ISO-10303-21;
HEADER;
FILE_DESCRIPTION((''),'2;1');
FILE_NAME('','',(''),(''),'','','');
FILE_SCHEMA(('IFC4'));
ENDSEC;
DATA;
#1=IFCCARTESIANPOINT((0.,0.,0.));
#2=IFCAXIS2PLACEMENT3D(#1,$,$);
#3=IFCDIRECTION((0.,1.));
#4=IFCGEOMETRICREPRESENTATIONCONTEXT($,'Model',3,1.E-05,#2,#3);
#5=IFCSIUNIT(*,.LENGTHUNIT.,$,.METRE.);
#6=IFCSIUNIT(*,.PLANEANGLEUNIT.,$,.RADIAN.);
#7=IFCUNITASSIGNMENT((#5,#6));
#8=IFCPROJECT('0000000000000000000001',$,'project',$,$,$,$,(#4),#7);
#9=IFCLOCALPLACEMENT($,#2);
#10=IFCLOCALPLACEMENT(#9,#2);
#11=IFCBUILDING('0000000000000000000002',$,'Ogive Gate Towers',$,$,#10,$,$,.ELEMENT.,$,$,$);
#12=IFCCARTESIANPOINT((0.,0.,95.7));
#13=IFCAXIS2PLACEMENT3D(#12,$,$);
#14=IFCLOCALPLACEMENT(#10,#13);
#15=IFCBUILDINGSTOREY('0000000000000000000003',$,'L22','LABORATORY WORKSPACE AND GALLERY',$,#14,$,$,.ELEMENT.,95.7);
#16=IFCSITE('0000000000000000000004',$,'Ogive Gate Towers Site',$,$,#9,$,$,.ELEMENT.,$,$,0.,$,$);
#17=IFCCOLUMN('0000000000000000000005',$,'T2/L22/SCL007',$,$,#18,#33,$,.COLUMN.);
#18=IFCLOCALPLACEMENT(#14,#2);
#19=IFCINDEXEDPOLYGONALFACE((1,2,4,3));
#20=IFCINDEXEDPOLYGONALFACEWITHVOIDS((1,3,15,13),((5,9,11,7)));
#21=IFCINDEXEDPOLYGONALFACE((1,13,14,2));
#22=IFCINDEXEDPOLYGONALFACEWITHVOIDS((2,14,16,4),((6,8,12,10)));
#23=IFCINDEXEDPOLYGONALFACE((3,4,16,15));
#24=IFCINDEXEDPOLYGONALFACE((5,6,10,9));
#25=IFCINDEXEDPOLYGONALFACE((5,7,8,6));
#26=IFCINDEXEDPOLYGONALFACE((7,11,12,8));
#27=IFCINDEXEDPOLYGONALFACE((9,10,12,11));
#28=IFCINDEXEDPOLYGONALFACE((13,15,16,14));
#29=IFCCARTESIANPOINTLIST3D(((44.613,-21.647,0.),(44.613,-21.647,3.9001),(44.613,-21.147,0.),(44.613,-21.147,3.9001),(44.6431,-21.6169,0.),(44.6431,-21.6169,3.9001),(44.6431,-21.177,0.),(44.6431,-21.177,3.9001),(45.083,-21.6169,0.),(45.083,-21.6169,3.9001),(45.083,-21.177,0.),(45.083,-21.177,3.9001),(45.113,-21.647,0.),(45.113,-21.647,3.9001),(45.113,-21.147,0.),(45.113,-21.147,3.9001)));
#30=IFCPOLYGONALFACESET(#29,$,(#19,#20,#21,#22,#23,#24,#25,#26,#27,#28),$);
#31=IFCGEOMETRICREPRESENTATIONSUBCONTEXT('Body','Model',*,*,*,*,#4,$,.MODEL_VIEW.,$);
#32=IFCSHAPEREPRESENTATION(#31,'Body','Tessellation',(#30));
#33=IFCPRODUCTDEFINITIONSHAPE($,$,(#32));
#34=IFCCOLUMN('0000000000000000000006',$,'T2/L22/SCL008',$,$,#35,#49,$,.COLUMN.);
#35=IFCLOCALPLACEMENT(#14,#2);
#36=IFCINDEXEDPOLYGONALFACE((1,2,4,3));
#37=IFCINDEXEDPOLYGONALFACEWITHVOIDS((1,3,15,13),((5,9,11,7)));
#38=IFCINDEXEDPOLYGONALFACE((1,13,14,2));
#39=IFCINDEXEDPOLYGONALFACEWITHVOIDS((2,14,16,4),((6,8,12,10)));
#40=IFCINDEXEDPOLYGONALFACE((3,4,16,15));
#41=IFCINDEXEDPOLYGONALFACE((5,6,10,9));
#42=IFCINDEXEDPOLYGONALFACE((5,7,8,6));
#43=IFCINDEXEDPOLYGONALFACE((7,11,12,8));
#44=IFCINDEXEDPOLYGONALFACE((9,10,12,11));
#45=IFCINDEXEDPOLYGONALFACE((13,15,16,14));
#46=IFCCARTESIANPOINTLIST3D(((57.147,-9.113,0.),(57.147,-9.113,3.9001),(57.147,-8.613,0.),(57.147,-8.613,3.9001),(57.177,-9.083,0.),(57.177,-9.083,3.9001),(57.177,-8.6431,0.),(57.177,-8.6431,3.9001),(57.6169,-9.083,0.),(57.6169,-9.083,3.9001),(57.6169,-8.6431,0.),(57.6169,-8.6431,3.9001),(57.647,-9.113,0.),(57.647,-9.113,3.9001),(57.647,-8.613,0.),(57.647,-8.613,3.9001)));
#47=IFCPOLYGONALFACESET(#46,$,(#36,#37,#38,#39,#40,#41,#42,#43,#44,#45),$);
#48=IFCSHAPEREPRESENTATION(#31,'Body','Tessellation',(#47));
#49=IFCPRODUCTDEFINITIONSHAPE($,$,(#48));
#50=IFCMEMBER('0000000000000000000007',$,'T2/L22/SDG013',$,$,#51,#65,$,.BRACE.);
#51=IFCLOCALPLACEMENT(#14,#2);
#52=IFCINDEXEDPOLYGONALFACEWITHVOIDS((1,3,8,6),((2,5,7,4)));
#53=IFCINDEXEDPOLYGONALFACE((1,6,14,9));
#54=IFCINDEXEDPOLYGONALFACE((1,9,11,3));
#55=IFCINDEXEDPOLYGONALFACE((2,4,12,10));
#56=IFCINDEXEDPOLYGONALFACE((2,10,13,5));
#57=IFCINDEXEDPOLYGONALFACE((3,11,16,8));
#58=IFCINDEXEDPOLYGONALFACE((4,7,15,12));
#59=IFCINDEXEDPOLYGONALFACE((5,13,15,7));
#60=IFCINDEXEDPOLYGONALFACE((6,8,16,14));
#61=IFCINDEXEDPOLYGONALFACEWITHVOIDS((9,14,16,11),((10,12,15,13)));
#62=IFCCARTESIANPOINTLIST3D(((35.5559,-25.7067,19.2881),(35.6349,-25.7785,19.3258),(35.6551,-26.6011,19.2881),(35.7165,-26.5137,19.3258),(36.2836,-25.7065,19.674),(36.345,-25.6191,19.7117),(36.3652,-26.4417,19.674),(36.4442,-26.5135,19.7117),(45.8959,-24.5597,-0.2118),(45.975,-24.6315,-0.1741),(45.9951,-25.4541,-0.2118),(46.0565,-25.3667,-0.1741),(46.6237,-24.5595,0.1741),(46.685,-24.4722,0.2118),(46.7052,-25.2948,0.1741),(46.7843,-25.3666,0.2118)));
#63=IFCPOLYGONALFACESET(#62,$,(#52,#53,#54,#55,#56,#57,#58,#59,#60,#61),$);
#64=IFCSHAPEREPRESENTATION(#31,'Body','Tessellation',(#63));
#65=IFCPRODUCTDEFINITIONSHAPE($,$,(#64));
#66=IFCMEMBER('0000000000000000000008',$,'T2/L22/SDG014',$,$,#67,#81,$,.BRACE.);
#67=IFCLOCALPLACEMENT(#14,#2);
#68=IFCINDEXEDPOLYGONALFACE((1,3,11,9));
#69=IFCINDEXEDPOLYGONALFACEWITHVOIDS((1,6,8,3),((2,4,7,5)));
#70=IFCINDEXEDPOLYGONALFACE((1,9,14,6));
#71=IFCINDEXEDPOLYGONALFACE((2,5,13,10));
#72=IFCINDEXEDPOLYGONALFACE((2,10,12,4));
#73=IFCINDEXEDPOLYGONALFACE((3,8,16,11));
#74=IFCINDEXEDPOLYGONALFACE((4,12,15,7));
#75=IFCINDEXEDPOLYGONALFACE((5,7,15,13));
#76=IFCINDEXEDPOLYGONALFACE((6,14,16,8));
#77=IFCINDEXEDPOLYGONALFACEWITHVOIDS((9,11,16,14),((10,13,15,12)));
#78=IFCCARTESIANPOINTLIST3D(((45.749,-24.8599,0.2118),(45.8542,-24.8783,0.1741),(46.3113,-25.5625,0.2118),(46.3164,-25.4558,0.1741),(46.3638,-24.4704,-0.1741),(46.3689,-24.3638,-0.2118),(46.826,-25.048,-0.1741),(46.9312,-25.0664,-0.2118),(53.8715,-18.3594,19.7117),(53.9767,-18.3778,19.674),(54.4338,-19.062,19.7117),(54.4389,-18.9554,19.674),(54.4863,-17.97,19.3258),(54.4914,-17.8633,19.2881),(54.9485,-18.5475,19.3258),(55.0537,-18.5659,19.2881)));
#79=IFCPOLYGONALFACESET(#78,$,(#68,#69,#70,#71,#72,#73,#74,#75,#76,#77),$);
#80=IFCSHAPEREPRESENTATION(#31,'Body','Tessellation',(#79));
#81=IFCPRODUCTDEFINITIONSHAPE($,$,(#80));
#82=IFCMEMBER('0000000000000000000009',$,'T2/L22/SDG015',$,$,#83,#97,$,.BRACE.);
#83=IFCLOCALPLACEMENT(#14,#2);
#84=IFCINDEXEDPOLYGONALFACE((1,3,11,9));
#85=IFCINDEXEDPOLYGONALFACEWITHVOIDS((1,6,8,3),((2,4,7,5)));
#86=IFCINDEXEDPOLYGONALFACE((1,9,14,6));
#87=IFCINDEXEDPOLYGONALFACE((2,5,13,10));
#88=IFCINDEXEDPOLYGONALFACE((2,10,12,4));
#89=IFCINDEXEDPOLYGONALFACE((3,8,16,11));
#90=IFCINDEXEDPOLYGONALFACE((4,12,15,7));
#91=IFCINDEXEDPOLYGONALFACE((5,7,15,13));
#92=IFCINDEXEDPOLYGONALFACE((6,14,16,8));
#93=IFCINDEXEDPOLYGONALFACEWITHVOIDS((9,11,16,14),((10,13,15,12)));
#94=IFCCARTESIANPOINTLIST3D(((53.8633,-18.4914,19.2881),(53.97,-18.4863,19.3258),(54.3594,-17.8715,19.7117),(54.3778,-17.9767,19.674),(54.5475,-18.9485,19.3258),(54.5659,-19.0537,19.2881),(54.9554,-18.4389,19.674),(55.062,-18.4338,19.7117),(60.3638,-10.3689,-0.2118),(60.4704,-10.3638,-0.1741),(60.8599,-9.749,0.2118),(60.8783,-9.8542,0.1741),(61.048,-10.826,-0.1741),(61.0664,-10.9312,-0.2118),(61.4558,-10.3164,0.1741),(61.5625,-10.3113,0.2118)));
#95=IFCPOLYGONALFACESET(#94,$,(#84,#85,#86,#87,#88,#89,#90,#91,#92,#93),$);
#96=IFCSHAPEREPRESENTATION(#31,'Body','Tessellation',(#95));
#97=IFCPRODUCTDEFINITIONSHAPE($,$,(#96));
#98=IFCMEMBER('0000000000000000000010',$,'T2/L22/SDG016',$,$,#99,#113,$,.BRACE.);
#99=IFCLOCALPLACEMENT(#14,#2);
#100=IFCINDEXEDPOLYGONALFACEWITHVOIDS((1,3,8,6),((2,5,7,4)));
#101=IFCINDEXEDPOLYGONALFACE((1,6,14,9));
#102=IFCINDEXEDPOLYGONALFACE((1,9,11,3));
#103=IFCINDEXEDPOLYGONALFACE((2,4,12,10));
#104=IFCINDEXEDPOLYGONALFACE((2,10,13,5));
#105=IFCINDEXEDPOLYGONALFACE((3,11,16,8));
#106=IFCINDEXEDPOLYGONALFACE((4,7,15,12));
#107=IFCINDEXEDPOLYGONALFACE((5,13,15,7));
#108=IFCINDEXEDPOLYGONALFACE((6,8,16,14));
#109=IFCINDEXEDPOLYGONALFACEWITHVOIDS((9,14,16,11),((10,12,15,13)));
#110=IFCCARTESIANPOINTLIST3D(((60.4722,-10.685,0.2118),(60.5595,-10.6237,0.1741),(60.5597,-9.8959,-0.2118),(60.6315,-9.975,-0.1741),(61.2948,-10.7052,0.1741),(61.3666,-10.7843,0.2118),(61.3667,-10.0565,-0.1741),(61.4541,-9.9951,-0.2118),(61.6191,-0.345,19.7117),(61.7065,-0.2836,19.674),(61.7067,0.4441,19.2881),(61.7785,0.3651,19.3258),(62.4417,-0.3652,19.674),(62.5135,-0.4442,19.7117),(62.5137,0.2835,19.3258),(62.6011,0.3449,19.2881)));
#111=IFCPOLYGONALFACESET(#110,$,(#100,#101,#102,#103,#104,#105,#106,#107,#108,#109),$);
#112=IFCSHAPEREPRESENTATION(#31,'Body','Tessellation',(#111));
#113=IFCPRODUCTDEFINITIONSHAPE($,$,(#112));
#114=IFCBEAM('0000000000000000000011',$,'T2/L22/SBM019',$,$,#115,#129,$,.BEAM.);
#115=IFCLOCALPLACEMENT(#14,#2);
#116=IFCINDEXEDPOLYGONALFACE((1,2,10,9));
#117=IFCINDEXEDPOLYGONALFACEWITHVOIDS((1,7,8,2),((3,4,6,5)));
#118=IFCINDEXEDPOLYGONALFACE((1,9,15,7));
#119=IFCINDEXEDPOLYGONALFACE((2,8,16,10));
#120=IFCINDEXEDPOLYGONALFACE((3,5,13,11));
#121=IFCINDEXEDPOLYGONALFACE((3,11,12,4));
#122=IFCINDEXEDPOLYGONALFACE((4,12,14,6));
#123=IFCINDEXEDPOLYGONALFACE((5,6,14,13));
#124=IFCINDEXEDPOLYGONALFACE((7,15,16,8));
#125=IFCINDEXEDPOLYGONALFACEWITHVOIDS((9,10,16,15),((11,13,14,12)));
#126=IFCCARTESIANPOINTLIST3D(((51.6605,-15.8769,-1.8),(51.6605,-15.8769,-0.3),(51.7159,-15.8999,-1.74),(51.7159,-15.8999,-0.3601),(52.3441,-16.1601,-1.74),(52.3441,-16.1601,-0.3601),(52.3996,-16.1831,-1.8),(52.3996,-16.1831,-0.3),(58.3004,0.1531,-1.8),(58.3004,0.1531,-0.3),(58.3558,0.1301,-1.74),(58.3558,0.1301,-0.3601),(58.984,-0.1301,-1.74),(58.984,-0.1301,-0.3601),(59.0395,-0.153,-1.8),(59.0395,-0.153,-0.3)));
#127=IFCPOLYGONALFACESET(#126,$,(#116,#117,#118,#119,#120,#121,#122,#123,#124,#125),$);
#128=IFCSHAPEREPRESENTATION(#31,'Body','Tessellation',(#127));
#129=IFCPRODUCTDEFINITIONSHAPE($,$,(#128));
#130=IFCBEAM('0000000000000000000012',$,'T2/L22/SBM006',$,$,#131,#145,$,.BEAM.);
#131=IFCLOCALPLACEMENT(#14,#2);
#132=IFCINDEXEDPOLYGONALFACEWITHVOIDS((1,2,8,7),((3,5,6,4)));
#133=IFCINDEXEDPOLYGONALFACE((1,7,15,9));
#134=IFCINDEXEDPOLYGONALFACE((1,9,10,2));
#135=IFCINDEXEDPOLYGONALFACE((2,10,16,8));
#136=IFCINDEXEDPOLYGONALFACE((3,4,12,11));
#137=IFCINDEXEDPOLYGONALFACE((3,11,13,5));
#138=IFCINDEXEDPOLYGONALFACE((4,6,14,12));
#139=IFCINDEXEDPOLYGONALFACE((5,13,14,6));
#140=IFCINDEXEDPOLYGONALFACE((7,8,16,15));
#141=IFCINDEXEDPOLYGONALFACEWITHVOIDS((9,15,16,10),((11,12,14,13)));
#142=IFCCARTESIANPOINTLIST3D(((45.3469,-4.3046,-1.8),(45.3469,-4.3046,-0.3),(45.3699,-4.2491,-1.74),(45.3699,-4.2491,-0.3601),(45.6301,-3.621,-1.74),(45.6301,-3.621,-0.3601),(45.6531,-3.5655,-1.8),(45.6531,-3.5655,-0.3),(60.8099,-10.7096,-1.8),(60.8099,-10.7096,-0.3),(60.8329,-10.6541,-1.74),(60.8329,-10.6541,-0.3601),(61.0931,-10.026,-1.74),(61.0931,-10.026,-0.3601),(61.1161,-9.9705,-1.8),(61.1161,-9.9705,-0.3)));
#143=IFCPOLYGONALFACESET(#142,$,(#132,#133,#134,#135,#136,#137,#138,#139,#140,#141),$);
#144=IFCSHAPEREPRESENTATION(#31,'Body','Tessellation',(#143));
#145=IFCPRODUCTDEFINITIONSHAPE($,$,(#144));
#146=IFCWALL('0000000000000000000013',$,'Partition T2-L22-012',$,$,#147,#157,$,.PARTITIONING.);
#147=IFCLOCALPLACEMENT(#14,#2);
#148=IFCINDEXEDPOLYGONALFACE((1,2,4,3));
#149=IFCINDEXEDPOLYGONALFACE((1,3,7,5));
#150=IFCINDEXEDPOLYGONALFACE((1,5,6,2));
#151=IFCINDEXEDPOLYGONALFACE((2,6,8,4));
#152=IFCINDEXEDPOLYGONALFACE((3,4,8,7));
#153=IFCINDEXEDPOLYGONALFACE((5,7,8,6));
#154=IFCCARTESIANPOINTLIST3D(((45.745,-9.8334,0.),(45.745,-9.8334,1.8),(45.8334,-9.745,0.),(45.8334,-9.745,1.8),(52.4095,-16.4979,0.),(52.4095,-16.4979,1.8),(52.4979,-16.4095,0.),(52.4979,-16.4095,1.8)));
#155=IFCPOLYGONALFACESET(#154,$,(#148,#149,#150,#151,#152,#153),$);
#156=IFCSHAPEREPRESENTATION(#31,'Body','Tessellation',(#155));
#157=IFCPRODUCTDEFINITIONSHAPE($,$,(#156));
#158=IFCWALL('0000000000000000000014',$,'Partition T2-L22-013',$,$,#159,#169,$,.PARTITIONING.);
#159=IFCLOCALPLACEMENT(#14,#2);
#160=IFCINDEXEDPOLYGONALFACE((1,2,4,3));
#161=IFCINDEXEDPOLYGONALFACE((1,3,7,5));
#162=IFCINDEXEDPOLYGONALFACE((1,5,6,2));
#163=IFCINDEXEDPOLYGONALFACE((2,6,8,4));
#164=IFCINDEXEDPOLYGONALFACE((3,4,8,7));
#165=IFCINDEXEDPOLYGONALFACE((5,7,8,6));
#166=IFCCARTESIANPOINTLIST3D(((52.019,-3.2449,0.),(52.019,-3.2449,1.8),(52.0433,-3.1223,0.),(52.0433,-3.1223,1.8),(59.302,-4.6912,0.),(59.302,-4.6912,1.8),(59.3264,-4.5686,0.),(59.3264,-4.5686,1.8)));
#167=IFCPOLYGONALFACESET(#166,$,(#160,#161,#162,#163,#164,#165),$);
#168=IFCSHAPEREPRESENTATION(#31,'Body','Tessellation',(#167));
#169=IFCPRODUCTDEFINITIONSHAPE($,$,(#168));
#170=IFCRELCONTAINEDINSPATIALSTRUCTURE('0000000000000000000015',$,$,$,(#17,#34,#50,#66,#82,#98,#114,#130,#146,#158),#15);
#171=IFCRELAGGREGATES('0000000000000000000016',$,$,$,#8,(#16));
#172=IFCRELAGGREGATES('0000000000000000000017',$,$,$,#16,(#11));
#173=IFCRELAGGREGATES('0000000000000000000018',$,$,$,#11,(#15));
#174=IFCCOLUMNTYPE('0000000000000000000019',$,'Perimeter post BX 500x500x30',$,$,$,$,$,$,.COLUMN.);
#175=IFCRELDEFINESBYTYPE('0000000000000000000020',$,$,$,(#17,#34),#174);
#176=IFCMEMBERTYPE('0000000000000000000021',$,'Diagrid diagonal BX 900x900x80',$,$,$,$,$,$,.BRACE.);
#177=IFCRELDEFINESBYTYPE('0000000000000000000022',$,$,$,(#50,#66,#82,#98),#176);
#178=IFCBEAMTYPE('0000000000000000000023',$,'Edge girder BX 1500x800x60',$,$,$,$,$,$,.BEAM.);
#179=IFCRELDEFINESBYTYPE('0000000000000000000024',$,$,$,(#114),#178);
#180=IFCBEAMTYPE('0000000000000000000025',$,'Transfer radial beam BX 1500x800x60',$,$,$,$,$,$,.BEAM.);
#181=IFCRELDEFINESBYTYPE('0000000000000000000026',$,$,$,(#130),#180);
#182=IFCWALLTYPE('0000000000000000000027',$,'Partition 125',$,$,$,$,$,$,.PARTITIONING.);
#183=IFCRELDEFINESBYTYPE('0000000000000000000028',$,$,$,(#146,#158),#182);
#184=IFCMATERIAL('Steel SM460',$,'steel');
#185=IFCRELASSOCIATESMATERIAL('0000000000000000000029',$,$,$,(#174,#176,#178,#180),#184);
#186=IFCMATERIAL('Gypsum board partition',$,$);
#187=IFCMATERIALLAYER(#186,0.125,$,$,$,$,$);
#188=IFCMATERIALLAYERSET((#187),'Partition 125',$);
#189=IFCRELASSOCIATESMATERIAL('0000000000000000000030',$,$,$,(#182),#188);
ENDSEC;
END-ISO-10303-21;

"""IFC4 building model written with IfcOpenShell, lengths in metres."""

from ifc_helpers import new_model, si_unit, direction, frame, frame_2d, origin, origin_2d, place, context, subcontext, project, spatial, rectangle, hollow_rectangle, extrude, material, layer, layer_set, material_profile, profile_set, type_object, element, save


model = new_model("IFC4")

# Units and contexts
model_context = context("Model", 3, precision=1e-05, world=origin(), true_north=direction((0.0, 1.0)))
body_context = subcontext(model_context, "Body", "Model", "MODEL_VIEW")
ifc_project = project(units=[si_unit("LENGTHUNIT", "METRE"), si_unit("PLANEANGLEUNIT", "RADIAN")], contexts=[model_context])

# Site, building, storey
site_placement = place(None, origin())
site = spatial("IfcSite", under=ifc_project, at=site_placement, Name="Ogive Gate Towers Site", CompositionType="ELEMENT", RefElevation=0.0)
building_placement = place(site_placement, origin())
building = spatial("IfcBuilding", under=site, at=building_placement, Name="Ogive Gate Towers", CompositionType="ELEMENT")
storey_placement = place(building_placement, frame((0.0, 0.0, 95.7)))
storey = spatial("IfcBuildingStorey", under=building, at=storey_placement, Name="L22", Description="LABORATORY WORKSPACE AND GALLERY", CompositionType="ELEMENT", Elevation=95.7)

# Columns
ifc_material_1 = material(Name="Steel SM460", Category="steel")
ifc_material_profile_1 = material_profile(ifc_material_1, hollow_rectangle(XDim=0.5, YDim=0.5, WallThickness=0.03, at=origin_2d()), Name="BX 500x500x30")
ifc_profile_set_1 = profile_set([ifc_material_profile_1], Name="Steel SM460")
column_type = type_object("IfcColumnType", Name="Perimeter post BX 500x500x30", PredefinedType="COLUMN", material=ifc_profile_set_1)
for number, where, z_axis, x_axis, name in (
    (1, (44.863, -21.397, 0.0), (0.0, 0.0, 1.0), (1.0, 0.0, 0.0), "T2/L22/SCL007"),
    (2, (57.397, -8.863, 0.0), (0.0, 0.0, 1.0), (1.0, 0.0, 0.0), "T2/L22/SCL008"),
):
    element("IfcColumn", number, at=place(storey_placement, frame(where, z_axis=z_axis, x_axis=x_axis)), inside=storey, type_object=column_type, Name=name, PredefinedType="COLUMN", context=body_context, shape_type="SweptSolid", body=[
        extrude(hollow_rectangle(XDim=0.5, YDim=0.5, WallThickness=0.03, at=origin_2d()), origin(), (0.0, 0.0, 1.0), 3.9001),
    ])

# Members
ifc_material_profile_2 = material_profile(ifc_material_1, hollow_rectangle(XDim=0.8999, YDim=0.8999, WallThickness=0.0801, at=origin_2d()), Name="BX 900x900x80")
ifc_profile_set_2 = profile_set([ifc_material_profile_2], Name="Steel SM460")
member_type = type_object("IfcMemberType", Name="Diagrid diagonal BX 900x900x80", PredefinedType="BRACE", material=ifc_profile_set_2)
for number, where, z_axis, x_axis, name in (
    (3, (46.3401, -24.9631, 0.0), (-0.467842, -0.051895, 0.882287), (0.110249, -0.993904, 0.0), "T2/L22/SDG013"),
    (4, (46.3401, -24.9631, 0.0), (0.367509, 0.294118, 0.882288), (-0.624838, 0.780754, 0.0), "T2/L22/SDG014"),
    (5, (60.9631, -10.3401, 0.0), (-0.294118, -0.367509, 0.882288), (0.780754, -0.624838, 0.0), "T2/L22/SDG015"),
    (6, (60.9631, -10.3401, 0.0), (0.051895, 0.467842, 0.882287), (-0.993904, 0.110249, 0.0), "T2/L22/SDG016"),
):
    element("IfcMember", number, at=place(storey_placement, frame(where, z_axis=z_axis, x_axis=x_axis)), inside=storey, type_object=member_type, Name=name, PredefinedType="BRACE", context=body_context, shape_type="SweptSolid", body=[
        extrude(hollow_rectangle(XDim=0.8999, YDim=0.8999, WallThickness=0.0801, at=origin_2d()), origin(), (0.0, 0.0, 1.0), 22.1016),
    ])

# Beams
ifc_material_profile_3 = material_profile(ifc_material_1, hollow_rectangle(XDim=0.8, YDim=1.5, WallThickness=0.0601, at=origin_2d()), Name="BX 1500x800x60")
ifc_profile_set_3 = profile_set([ifc_material_profile_3], Name="Steel SM460")
beam_type_1 = type_object("IfcBeamType", Name="Edge girder BX 1500x800x60", PredefinedType="BEAM", material=ifc_profile_set_3)
beam_1_placement = place(storey_placement, frame((52.03, -16.03, -1.05), z_axis=(0.382685, 0.923879, 0.0), x_axis=(-0.923879, 0.382685, 0.0)))
element("IfcBeam", 7, at=beam_1_placement, inside=storey, type_object=beam_type_1, Name="T2/L22/SBM019", PredefinedType="BEAM", context=body_context, shape_type="SweptSolid", body=[
    extrude(hollow_rectangle(XDim=0.8, YDim=1.5, WallThickness=0.0601, at=origin_2d()), origin(), (0.0, 0.0, 1.0), 17.3508),
])
ifc_material_profile_4 = material_profile(ifc_material_1, hollow_rectangle(XDim=0.8, YDim=1.5, WallThickness=0.0601, at=origin_2d()), Name="BX 1500x800x60")
ifc_profile_set_4 = profile_set([ifc_material_profile_4], Name="Steel SM460")
beam_type_2 = type_object("IfcBeamType", Name="Transfer radial beam BX 1500x800x60", PredefinedType="BEAM", material=ifc_profile_set_4)
beam_2_placement = place(storey_placement, frame((45.5, -3.9351, -1.05), z_axis=(0.92388, -0.382683, 0.0), x_axis=(0.382683, 0.92388, 0.0)))
element("IfcBeam", 8, at=beam_2_placement, inside=storey, type_object=beam_type_2, Name="T2/L22/SBM006", PredefinedType="BEAM", context=body_context, shape_type="SweptSolid", body=[
    extrude(hollow_rectangle(XDim=0.8, YDim=1.5, WallThickness=0.0601, at=origin_2d()), origin(), (0.0, 0.0, 1.0), 16.7371),
])

# Walls
ifc_material_2 = material(Name="Gypsum board partition")
ifc_layer = layer(ifc_material_2, 0.125)
ifc_layer_set = layer_set([ifc_layer], Name="Partition 125")
wall_type = type_object("IfcWallType", Name="Partition 125", PredefinedType="PARTITIONING", material=ifc_layer_set)
wall_1_placement = place(storey_placement, frame((52.4536, -16.4536, 0.0), z_axis=(0.0, 0.0, 1.0), x_axis=(-0.707107, 0.707107, 0.0)))
element("IfcWall", 9, at=wall_1_placement, inside=storey, type_object=wall_type, Name="Partition T2-L22-012", PredefinedType="PARTITIONING", context=body_context, shape_type="SweptSolid", body=[
    extrude(rectangle(XDim=9.425, YDim=0.125, at=frame_2d((4.7124, 0.0))), origin(), (0.0, 0.0, 1.0), 1.8),
])
wall_2_placement = place(storey_placement, frame((59.3142, -4.6299, 0.0), z_axis=(0.0, 0.0, 1.0), x_axis=(-0.980847, 0.194782, 0.0)))
element("IfcWall", 10, at=wall_2_placement, inside=storey, type_object=wall_type, Name="Partition T2-L22-013", PredefinedType="PARTITIONING", context=body_context, shape_type="SweptSolid", body=[
    extrude(rectangle(XDim=7.4253, YDim=0.125, at=frame_2d((3.7126, 0.0))), origin(), (0.0, 0.0, 1.0), 1.8),
])

save(model, "model.ifc")
